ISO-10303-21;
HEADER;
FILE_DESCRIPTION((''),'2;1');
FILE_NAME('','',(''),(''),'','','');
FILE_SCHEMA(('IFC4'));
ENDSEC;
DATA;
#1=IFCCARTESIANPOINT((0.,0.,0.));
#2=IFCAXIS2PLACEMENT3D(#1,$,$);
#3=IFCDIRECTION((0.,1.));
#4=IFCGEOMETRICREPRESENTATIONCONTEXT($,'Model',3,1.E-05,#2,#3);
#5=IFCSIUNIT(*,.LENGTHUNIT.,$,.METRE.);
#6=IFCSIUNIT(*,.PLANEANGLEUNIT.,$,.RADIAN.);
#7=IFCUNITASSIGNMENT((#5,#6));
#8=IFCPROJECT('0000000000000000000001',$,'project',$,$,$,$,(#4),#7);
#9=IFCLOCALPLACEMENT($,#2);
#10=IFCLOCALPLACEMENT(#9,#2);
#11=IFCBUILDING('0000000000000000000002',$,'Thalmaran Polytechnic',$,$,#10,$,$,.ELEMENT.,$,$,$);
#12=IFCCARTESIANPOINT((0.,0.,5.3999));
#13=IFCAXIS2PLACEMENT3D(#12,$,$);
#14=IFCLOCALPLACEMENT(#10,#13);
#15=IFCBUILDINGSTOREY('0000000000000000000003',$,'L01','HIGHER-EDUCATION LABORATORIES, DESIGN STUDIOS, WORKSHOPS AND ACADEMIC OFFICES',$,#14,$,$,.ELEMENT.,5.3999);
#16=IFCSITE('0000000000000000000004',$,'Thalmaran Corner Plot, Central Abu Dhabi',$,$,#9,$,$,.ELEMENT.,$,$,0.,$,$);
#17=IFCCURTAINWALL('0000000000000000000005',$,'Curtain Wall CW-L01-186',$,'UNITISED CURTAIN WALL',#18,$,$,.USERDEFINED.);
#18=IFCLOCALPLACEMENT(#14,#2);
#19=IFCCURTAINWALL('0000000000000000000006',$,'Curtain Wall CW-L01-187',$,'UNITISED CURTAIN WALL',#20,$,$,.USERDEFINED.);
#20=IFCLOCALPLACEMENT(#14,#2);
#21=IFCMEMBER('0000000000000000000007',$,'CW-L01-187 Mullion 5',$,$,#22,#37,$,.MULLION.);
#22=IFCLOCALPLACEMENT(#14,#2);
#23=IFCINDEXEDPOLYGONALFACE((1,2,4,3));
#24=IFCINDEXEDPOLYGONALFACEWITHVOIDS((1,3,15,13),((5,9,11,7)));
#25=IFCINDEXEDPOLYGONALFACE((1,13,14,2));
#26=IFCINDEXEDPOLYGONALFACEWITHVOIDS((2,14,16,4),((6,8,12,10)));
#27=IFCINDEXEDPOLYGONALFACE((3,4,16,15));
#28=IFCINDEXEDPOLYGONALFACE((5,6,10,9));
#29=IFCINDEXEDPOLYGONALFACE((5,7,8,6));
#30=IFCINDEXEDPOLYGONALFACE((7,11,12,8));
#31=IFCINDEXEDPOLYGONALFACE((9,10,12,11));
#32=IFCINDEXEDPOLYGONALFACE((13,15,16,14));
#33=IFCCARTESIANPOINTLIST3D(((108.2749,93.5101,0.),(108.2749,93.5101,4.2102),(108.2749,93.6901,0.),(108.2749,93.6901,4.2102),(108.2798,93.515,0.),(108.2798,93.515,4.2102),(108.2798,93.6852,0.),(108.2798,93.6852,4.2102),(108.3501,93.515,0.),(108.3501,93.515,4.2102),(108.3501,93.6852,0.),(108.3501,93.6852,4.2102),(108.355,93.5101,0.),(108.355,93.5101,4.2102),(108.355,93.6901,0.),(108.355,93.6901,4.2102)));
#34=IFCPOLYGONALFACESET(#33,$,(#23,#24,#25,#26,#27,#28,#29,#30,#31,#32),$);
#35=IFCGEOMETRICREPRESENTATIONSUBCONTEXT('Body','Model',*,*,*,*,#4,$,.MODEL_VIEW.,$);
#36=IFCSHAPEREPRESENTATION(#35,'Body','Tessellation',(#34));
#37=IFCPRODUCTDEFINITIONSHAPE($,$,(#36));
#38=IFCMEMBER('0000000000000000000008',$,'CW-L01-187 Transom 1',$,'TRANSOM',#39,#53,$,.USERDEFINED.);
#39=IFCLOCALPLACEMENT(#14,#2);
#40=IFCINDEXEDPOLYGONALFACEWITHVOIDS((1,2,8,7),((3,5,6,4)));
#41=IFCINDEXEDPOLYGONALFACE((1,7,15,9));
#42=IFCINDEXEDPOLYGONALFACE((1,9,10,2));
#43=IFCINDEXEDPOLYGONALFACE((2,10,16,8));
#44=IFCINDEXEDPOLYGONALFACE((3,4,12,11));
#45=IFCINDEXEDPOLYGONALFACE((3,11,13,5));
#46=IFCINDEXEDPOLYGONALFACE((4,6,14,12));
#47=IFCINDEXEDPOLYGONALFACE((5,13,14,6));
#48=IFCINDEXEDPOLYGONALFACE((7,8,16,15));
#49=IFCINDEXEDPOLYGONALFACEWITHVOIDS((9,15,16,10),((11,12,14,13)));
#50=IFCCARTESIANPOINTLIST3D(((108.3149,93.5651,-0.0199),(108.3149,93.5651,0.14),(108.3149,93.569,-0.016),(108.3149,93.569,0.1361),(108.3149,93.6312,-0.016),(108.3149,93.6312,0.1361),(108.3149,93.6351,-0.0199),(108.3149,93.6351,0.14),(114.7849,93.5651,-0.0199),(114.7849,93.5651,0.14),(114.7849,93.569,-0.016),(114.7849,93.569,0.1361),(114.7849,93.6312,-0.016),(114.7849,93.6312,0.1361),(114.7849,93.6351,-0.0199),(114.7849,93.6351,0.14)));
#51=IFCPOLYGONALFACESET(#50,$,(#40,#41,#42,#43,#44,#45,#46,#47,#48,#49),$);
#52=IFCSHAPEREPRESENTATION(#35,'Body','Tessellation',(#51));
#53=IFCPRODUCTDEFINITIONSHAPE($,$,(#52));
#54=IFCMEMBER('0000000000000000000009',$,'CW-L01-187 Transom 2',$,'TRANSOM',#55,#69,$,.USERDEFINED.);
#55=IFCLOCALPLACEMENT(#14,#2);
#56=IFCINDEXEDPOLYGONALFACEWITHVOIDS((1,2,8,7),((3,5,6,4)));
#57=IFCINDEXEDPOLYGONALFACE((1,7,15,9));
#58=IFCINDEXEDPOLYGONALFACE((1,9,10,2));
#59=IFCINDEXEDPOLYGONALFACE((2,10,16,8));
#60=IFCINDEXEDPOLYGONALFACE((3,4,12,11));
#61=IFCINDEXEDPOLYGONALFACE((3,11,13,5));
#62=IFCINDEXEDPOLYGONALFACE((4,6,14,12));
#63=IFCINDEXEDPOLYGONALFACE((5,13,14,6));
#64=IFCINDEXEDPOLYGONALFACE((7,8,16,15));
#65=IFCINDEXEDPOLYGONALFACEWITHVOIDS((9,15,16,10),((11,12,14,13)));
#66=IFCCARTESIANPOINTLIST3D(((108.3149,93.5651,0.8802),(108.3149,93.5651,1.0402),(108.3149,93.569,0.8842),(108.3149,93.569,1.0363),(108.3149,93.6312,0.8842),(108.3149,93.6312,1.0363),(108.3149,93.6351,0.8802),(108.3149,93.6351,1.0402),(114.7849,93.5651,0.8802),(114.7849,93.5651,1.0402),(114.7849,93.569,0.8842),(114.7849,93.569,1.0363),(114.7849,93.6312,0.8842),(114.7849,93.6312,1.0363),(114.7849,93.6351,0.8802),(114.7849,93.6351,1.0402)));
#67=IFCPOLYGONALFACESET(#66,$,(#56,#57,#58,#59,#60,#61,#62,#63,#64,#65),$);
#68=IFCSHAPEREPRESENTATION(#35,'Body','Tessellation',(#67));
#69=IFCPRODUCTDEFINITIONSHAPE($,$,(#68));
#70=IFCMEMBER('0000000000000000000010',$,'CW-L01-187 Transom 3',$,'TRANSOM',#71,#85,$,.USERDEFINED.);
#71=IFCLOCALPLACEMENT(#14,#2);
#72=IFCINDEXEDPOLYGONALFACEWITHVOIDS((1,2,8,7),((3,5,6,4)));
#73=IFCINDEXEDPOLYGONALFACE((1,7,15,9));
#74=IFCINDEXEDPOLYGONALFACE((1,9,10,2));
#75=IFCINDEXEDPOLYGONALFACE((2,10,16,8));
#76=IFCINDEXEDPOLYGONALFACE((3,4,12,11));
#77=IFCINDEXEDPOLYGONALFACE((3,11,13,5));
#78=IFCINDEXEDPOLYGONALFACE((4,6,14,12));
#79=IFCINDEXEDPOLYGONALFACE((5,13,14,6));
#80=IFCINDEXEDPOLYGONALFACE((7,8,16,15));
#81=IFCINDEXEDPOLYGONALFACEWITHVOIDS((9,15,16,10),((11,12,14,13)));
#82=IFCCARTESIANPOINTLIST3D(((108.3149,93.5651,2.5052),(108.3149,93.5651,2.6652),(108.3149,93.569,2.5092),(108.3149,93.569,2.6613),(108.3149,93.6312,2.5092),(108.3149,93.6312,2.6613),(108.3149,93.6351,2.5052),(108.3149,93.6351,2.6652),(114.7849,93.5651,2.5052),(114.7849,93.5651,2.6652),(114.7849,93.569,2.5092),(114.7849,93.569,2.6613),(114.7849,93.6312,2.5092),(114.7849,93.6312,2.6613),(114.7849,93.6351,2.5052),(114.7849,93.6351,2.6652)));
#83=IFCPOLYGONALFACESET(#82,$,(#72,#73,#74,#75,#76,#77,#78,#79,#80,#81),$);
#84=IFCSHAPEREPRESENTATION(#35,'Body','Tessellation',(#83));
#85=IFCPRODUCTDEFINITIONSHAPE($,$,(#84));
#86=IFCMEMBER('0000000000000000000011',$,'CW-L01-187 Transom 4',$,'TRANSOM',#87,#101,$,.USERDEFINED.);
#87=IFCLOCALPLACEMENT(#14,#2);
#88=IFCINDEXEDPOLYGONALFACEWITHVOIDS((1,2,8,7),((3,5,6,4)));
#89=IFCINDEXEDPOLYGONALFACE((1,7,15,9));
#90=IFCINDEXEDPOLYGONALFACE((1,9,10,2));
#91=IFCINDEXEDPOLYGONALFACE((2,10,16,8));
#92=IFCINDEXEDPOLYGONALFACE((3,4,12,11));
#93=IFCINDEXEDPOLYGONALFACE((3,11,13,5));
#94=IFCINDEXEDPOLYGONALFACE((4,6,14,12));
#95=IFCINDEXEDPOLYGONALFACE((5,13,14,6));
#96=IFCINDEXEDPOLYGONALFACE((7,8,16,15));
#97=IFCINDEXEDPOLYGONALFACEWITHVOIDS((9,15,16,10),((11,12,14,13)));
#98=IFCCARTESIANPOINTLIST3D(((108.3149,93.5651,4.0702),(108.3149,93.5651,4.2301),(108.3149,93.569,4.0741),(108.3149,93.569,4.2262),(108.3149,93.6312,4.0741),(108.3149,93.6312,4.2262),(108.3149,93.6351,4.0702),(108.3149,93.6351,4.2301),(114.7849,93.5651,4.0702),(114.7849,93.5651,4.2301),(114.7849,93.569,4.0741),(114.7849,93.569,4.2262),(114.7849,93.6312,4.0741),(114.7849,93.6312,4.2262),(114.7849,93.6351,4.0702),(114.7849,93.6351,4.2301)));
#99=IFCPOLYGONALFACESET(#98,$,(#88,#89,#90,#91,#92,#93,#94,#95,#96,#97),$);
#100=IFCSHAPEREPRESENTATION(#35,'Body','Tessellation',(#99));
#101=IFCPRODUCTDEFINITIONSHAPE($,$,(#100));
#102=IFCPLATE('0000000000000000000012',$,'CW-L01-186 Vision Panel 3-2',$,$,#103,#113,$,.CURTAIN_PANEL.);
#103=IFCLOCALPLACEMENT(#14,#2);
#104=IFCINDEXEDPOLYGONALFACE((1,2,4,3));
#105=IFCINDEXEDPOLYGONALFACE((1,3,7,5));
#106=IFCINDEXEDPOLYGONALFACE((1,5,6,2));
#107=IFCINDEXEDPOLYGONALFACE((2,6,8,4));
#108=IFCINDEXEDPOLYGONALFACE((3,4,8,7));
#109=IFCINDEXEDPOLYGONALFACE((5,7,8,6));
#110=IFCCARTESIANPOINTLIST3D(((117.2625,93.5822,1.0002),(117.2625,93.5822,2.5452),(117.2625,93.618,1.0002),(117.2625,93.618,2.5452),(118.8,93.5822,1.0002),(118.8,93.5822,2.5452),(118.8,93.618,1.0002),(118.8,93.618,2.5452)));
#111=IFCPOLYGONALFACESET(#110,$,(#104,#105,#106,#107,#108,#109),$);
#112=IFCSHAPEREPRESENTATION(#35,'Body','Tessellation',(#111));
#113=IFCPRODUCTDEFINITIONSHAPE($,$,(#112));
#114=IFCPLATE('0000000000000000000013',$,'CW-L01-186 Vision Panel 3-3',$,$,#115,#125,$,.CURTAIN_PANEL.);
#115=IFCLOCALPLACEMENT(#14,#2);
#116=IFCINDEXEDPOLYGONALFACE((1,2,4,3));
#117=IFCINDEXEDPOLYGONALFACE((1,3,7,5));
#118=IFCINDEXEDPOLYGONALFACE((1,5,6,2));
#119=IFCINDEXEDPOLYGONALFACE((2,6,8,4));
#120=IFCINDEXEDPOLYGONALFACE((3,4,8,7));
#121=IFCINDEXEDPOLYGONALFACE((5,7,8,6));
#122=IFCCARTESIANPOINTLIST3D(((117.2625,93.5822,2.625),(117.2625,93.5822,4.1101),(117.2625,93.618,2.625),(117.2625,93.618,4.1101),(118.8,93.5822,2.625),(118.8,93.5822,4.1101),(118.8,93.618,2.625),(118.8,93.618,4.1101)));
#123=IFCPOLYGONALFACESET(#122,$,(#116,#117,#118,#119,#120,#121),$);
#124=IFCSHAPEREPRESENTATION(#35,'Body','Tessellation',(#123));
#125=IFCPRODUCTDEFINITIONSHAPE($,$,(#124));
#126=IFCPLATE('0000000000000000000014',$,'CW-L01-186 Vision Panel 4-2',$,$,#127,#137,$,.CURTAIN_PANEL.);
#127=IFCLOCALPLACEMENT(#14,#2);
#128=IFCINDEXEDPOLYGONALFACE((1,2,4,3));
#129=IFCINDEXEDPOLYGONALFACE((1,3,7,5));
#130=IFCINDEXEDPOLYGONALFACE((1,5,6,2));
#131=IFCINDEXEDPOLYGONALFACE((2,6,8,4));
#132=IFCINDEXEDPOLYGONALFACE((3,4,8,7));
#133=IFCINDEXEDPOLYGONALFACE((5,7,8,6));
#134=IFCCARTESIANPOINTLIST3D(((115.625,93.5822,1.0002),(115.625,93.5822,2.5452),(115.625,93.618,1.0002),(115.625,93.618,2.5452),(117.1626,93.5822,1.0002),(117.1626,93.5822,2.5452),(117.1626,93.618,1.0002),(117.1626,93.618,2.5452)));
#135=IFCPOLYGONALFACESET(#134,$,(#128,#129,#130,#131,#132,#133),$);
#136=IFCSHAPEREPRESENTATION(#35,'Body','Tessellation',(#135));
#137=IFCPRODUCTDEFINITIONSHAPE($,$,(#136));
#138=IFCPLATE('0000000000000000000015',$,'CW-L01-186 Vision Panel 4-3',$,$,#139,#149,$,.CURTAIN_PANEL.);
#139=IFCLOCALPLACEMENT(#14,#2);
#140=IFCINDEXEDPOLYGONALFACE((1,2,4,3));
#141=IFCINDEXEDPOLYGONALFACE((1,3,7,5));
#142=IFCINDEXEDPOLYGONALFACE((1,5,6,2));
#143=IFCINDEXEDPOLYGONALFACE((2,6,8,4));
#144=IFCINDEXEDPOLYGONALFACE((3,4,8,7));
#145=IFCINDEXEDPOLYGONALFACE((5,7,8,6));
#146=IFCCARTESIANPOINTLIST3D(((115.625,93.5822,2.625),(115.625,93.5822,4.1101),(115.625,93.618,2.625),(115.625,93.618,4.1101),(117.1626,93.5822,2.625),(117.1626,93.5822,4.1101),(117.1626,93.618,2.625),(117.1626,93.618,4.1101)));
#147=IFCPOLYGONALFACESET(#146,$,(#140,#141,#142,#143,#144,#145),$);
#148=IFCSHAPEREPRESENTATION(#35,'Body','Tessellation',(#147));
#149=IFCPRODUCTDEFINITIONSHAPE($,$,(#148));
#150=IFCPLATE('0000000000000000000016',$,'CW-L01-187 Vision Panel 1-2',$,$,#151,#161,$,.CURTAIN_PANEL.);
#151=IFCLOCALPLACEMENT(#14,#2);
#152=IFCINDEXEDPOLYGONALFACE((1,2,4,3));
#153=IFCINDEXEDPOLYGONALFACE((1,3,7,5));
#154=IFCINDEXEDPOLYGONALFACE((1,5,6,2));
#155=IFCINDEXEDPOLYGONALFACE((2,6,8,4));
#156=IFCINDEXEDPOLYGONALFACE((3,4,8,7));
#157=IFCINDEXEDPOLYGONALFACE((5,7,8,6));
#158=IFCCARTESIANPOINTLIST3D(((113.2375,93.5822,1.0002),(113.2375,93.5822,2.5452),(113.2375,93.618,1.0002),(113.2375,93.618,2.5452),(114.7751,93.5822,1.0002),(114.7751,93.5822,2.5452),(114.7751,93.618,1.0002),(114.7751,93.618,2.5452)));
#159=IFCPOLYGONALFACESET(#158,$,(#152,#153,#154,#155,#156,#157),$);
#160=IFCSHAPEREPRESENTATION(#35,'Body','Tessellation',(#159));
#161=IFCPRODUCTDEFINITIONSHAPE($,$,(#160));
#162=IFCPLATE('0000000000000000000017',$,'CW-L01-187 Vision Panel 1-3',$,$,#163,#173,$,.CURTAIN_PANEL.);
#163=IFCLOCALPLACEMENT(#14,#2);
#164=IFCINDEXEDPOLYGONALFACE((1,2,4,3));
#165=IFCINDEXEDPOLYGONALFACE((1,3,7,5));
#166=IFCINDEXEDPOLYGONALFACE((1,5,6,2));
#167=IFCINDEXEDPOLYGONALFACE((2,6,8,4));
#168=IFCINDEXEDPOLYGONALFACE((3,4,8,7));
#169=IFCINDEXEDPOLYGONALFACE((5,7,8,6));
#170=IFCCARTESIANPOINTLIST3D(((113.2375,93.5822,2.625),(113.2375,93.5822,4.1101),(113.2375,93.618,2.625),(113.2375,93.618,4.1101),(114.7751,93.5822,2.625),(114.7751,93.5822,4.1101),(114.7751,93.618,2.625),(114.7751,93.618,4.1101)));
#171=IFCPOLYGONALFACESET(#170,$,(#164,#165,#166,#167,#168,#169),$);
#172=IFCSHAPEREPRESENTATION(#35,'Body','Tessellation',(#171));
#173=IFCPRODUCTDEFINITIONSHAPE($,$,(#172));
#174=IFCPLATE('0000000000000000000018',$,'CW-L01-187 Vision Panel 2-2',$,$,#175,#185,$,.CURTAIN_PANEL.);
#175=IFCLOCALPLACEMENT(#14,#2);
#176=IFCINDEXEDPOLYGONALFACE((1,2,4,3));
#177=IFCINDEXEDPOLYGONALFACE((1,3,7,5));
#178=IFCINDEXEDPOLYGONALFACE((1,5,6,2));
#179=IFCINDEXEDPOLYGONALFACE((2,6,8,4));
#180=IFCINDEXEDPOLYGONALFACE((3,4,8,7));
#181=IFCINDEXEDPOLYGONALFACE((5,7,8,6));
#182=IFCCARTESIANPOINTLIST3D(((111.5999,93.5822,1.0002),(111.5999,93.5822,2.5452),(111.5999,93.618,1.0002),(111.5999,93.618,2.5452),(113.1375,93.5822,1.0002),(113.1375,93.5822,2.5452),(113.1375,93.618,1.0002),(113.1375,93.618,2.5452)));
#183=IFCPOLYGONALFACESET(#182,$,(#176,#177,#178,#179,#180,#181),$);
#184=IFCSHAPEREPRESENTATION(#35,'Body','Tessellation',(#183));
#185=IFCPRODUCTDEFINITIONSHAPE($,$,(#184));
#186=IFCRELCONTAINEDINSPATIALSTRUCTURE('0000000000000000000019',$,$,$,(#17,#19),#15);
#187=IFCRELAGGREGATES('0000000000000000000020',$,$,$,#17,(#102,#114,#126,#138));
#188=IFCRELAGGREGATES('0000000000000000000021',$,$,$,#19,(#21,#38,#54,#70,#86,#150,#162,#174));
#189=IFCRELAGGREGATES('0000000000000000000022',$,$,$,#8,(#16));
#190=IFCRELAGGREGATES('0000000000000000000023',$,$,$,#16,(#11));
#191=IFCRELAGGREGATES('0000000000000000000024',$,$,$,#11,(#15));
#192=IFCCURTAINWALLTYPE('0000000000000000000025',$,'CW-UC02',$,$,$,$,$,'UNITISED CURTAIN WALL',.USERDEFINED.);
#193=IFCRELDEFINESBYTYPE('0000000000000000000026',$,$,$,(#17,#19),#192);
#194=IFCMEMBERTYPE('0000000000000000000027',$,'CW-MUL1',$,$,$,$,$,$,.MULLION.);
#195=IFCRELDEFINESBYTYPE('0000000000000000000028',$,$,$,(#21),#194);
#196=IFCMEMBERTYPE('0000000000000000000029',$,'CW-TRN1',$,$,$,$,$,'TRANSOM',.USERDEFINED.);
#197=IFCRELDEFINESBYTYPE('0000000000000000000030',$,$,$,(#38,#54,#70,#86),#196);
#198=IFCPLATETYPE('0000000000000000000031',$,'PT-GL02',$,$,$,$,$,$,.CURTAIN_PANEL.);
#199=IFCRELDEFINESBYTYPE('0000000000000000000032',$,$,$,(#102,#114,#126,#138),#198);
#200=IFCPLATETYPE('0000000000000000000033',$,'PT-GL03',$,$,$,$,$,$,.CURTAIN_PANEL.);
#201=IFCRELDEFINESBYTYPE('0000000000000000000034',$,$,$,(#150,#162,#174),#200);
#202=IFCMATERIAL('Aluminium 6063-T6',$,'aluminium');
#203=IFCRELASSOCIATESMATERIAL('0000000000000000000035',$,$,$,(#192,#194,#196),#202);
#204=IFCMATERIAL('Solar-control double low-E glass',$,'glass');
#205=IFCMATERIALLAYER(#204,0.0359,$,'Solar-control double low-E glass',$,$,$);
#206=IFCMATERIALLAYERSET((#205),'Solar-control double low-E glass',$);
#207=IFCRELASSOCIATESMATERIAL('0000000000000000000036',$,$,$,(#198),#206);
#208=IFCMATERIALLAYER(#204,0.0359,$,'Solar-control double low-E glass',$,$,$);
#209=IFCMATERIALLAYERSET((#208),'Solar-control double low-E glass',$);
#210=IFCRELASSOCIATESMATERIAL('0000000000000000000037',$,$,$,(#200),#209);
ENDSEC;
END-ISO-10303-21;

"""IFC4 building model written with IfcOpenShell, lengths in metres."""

from ifc_helpers import new_model, si_unit, direction, frame, origin, origin_2d, place, context, subcontext, project, spatial, rectangle, hollow_rectangle, extrude, material, layer, layer_set, material_profile, profile_set, type_object, element, aggregate, save


model = new_model("IFC4")

# Units and contexts
model_context = context("Model", 3, precision=1e-05, world=origin(), true_north=direction((0.0, 1.0)))
body_context = subcontext(model_context, "Body", "Model", "MODEL_VIEW")
ifc_project = project(units=[si_unit("LENGTHUNIT", "METRE"), si_unit("PLANEANGLEUNIT", "RADIAN")], contexts=[model_context])

# Site, building, storey
site_placement = place(None, origin())
site = spatial("IfcSite", under=ifc_project, at=site_placement, Name="Thalmaran Corner Plot, Central Abu Dhabi", CompositionType="ELEMENT", RefElevation=0.0)
building_placement = place(site_placement, origin())
building = spatial("IfcBuilding", under=site, at=building_placement, Name="Thalmaran Polytechnic", CompositionType="ELEMENT")
storey_placement = place(building_placement, frame((0.0, 0.0, 5.3999)))
storey = spatial("IfcBuildingStorey", under=building, at=storey_placement, Name="L01", Description="HIGHER-EDUCATION LABORATORIES, DESIGN STUDIOS, WORKSHOPS AND ACADEMIC OFFICES", CompositionType="ELEMENT", Elevation=5.3999)

# Curtain walls, members
ifc_material_1 = material(Name="Aluminium 6063-T6", Category="aluminium")
curtain_wall_type = type_object("IfcCurtainWallType", Name="CW-UC02", ElementType="UNITISED CURTAIN WALL", PredefinedType="USERDEFINED", material=ifc_material_1)
curtain_wall_1_placement = place(storey_placement, origin())
curtain_wall_1 = element("IfcCurtainWall", 1, at=curtain_wall_1_placement, inside=storey, type_object=curtain_wall_type, Name="Curtain Wall CW-L01-186", ObjectType="UNITISED CURTAIN WALL", PredefinedType="USERDEFINED")
ifc_material_profile_1 = material_profile(ifc_material_1, hollow_rectangle(XDim=0.0801, YDim=0.1799, WallThickness=0.0049, at=origin_2d()), Name="RHS 180x80x5.0")
ifc_profile_set_1 = profile_set([ifc_material_profile_1], Name="Aluminium 6063-T6")
member_type_1 = type_object("IfcMemberType", Name="CW-MUL1", PredefinedType="MULLION", material=ifc_profile_set_1)
curtain_wall_2_placement = place(storey_placement, origin())
curtain_wall_2 = element("IfcCurtainWall", 2, at=curtain_wall_2_placement, inside=storey, type_object=curtain_wall_type, Name="Curtain Wall CW-L01-187", ObjectType="UNITISED CURTAIN WALL", PredefinedType="USERDEFINED")
member_1_placement = place(storey_placement, frame((108.3149, 93.6001, 0.0), z_axis=(0.0, 0.0, 1.0), x_axis=(1.0, 0.0, 0.0)))
member_1 = element("IfcMember", 3, at=member_1_placement, type_object=member_type_1, Name="CW-L01-187 Mullion 5", PredefinedType="MULLION", context=body_context, shape_type="SweptSolid", body=[
    extrude(hollow_rectangle(XDim=0.0801, YDim=0.1799, WallThickness=0.0049, at=origin_2d()), origin(), (0.0, 0.0, 1.0), 4.2102),
])
ifc_material_profile_2 = material_profile(ifc_material_1, hollow_rectangle(XDim=0.0701, YDim=0.1599, WallThickness=0.0039, at=origin_2d()), Name="AL 160x70x4.0")
ifc_profile_set_2 = profile_set([ifc_material_profile_2], Name="Aluminium 6063-T6")
member_type_2 = type_object("IfcMemberType", Name="CW-TRN1", ElementType="TRANSOM", PredefinedType="USERDEFINED", material=ifc_profile_set_2)
member_2_placement = place(storey_placement, frame((114.7849, 93.6001, 0.0601), z_axis=(-1.0, 0.0, 0.0), x_axis=(0.0, -1.0, 0.0)))
member_2 = element("IfcMember", 4, at=member_2_placement, type_object=member_type_2, Name="CW-L01-187 Transom 1", ObjectType="TRANSOM", PredefinedType="USERDEFINED", context=body_context, shape_type="SweptSolid", body=[
    extrude(hollow_rectangle(XDim=0.0701, YDim=0.1599, WallThickness=0.0039, at=origin_2d()), origin(), (0.0, 0.0, 1.0), 6.47),
])
member_3_placement = place(storey_placement, frame((114.7849, 93.6001, 0.9602), z_axis=(-1.0, 0.0, 0.0), x_axis=(0.0, -1.0, 0.0)))
member_3 = element("IfcMember", 5, at=member_3_placement, type_object=member_type_2, Name="CW-L01-187 Transom 2", ObjectType="TRANSOM", PredefinedType="USERDEFINED", context=body_context, shape_type="SweptSolid", body=[
    extrude(hollow_rectangle(XDim=0.0701, YDim=0.1599, WallThickness=0.0039, at=origin_2d()), origin(), (0.0, 0.0, 1.0), 6.47),
])
member_4_placement = place(storey_placement, frame((114.7849, 93.6001, 2.5852), z_axis=(-1.0, 0.0, 0.0), x_axis=(0.0, -1.0, 0.0)))
member_4 = element("IfcMember", 6, at=member_4_placement, type_object=member_type_2, Name="CW-L01-187 Transom 3", ObjectType="TRANSOM", PredefinedType="USERDEFINED", context=body_context, shape_type="SweptSolid", body=[
    extrude(hollow_rectangle(XDim=0.0701, YDim=0.1599, WallThickness=0.0039, at=origin_2d()), origin(), (0.0, 0.0, 1.0), 6.47),
])
member_5_placement = place(storey_placement, frame((114.7849, 93.6001, 4.1501), z_axis=(-1.0, 0.0, 0.0), x_axis=(0.0, -1.0, 0.0)))
member_5 = element("IfcMember", 7, at=member_5_placement, type_object=member_type_2, Name="CW-L01-187 Transom 4", ObjectType="TRANSOM", PredefinedType="USERDEFINED", context=body_context, shape_type="SweptSolid", body=[
    extrude(hollow_rectangle(XDim=0.0701, YDim=0.1599, WallThickness=0.0039, at=origin_2d()), origin(), (0.0, 0.0, 1.0), 6.47),
])

# Plates
ifc_material_2 = material(Name="Solar-control double low-E glass", Category="glass")
ifc_layer_1 = layer(ifc_material_2, 0.0359, Name="Solar-control double low-E glass")
ifc_layer_set_1 = layer_set([ifc_layer_1], Name="Solar-control double low-E glass")
plate_type_1 = type_object("IfcPlateType", Name="PT-GL02", PredefinedType="CURTAIN_PANEL", material=ifc_layer_set_1)
plate_1_placement = place(storey_placement, frame((118.0312, 93.6001, 1.0002), z_axis=(0.0, 0.0, 1.0), x_axis=(-1.0, 0.0, 0.0)))
plate_1 = element("IfcPlate", 8, at=plate_1_placement, type_object=plate_type_1, Name="CW-L01-186 Vision Panel 3-2", PredefinedType="CURTAIN_PANEL", context=body_context, shape_type="SweptSolid", body=[
    extrude(rectangle(XDim=1.5376, YDim=0.0359, at=origin_2d()), origin(), (0.0, 0.0, 1.0), 1.5449),
])
plate_2_placement = place(storey_placement, frame((118.0312, 93.6001, 2.625), z_axis=(0.0, 0.0, 1.0), x_axis=(-1.0, 0.0, 0.0)))
plate_2 = element("IfcPlate", 9, at=plate_2_placement, type_object=plate_type_1, Name="CW-L01-186 Vision Panel 3-3", PredefinedType="CURTAIN_PANEL", context=body_context, shape_type="SweptSolid", body=[
    extrude(rectangle(XDim=1.5376, YDim=0.0359, at=origin_2d()), origin(), (0.0, 0.0, 1.0), 1.4851),
])
plate_3_placement = place(storey_placement, frame((116.3938, 93.6001, 1.0002), z_axis=(0.0, 0.0, 1.0), x_axis=(-1.0, 0.0, 0.0)))
plate_3 = element("IfcPlate", 10, at=plate_3_placement, type_object=plate_type_1, Name="CW-L01-186 Vision Panel 4-2", PredefinedType="CURTAIN_PANEL", context=body_context, shape_type="SweptSolid", body=[
    extrude(rectangle(XDim=1.5376, YDim=0.0359, at=origin_2d()), origin(), (0.0, 0.0, 1.0), 1.5449),
])
plate_4_placement = place(storey_placement, frame((116.3938, 93.6001, 2.625), z_axis=(0.0, 0.0, 1.0), x_axis=(-1.0, 0.0, 0.0)))
plate_4 = element("IfcPlate", 11, at=plate_4_placement, type_object=plate_type_1, Name="CW-L01-186 Vision Panel 4-3", PredefinedType="CURTAIN_PANEL", context=body_context, shape_type="SweptSolid", body=[
    extrude(rectangle(XDim=1.5376, YDim=0.0359, at=origin_2d()), origin(), (0.0, 0.0, 1.0), 1.4851),
])
ifc_layer_2 = layer(ifc_material_2, 0.0359, Name="Solar-control double low-E glass")
ifc_layer_set_2 = layer_set([ifc_layer_2], Name="Solar-control double low-E glass")
plate_type_2 = type_object("IfcPlateType", Name="PT-GL03", PredefinedType="CURTAIN_PANEL", material=ifc_layer_set_2)
plate_5_placement = place(storey_placement, frame((114.0063, 93.6001, 1.0002), z_axis=(0.0, 0.0, 1.0), x_axis=(-1.0, 0.0, 0.0)))
plate_5 = element("IfcPlate", 12, at=plate_5_placement, type_object=plate_type_2, Name="CW-L01-187 Vision Panel 1-2", PredefinedType="CURTAIN_PANEL", context=body_context, shape_type="SweptSolid", body=[
    extrude(rectangle(XDim=1.5376, YDim=0.0359, at=origin_2d()), origin(), (0.0, 0.0, 1.0), 1.5449),
])
plate_6_placement = place(storey_placement, frame((114.0063, 93.6001, 2.625), z_axis=(0.0, 0.0, 1.0), x_axis=(-1.0, 0.0, 0.0)))
plate_6 = element("IfcPlate", 13, at=plate_6_placement, type_object=plate_type_2, Name="CW-L01-187 Vision Panel 1-3", PredefinedType="CURTAIN_PANEL", context=body_context, shape_type="SweptSolid", body=[
    extrude(rectangle(XDim=1.5376, YDim=0.0359, at=origin_2d()), origin(), (0.0, 0.0, 1.0), 1.4851),
])
plate_7_placement = place(storey_placement, frame((112.3687, 93.6001, 1.0002), z_axis=(0.0, 0.0, 1.0), x_axis=(-1.0, 0.0, 0.0)))
plate_7 = element("IfcPlate", 14, at=plate_7_placement, type_object=plate_type_2, Name="CW-L01-187 Vision Panel 2-2", PredefinedType="CURTAIN_PANEL", context=body_context, shape_type="SweptSolid", body=[
    extrude(rectangle(XDim=1.5376, YDim=0.0359, at=origin_2d()), origin(), (0.0, 0.0, 1.0), 1.5449),
])
aggregate(curtain_wall_1, [plate_1, plate_2, plate_3, plate_4])
aggregate(curtain_wall_2, [member_1, member_2, member_3, member_4, member_5, plate_5, plate_6, plate_7])

save(model, "model.ifc")
